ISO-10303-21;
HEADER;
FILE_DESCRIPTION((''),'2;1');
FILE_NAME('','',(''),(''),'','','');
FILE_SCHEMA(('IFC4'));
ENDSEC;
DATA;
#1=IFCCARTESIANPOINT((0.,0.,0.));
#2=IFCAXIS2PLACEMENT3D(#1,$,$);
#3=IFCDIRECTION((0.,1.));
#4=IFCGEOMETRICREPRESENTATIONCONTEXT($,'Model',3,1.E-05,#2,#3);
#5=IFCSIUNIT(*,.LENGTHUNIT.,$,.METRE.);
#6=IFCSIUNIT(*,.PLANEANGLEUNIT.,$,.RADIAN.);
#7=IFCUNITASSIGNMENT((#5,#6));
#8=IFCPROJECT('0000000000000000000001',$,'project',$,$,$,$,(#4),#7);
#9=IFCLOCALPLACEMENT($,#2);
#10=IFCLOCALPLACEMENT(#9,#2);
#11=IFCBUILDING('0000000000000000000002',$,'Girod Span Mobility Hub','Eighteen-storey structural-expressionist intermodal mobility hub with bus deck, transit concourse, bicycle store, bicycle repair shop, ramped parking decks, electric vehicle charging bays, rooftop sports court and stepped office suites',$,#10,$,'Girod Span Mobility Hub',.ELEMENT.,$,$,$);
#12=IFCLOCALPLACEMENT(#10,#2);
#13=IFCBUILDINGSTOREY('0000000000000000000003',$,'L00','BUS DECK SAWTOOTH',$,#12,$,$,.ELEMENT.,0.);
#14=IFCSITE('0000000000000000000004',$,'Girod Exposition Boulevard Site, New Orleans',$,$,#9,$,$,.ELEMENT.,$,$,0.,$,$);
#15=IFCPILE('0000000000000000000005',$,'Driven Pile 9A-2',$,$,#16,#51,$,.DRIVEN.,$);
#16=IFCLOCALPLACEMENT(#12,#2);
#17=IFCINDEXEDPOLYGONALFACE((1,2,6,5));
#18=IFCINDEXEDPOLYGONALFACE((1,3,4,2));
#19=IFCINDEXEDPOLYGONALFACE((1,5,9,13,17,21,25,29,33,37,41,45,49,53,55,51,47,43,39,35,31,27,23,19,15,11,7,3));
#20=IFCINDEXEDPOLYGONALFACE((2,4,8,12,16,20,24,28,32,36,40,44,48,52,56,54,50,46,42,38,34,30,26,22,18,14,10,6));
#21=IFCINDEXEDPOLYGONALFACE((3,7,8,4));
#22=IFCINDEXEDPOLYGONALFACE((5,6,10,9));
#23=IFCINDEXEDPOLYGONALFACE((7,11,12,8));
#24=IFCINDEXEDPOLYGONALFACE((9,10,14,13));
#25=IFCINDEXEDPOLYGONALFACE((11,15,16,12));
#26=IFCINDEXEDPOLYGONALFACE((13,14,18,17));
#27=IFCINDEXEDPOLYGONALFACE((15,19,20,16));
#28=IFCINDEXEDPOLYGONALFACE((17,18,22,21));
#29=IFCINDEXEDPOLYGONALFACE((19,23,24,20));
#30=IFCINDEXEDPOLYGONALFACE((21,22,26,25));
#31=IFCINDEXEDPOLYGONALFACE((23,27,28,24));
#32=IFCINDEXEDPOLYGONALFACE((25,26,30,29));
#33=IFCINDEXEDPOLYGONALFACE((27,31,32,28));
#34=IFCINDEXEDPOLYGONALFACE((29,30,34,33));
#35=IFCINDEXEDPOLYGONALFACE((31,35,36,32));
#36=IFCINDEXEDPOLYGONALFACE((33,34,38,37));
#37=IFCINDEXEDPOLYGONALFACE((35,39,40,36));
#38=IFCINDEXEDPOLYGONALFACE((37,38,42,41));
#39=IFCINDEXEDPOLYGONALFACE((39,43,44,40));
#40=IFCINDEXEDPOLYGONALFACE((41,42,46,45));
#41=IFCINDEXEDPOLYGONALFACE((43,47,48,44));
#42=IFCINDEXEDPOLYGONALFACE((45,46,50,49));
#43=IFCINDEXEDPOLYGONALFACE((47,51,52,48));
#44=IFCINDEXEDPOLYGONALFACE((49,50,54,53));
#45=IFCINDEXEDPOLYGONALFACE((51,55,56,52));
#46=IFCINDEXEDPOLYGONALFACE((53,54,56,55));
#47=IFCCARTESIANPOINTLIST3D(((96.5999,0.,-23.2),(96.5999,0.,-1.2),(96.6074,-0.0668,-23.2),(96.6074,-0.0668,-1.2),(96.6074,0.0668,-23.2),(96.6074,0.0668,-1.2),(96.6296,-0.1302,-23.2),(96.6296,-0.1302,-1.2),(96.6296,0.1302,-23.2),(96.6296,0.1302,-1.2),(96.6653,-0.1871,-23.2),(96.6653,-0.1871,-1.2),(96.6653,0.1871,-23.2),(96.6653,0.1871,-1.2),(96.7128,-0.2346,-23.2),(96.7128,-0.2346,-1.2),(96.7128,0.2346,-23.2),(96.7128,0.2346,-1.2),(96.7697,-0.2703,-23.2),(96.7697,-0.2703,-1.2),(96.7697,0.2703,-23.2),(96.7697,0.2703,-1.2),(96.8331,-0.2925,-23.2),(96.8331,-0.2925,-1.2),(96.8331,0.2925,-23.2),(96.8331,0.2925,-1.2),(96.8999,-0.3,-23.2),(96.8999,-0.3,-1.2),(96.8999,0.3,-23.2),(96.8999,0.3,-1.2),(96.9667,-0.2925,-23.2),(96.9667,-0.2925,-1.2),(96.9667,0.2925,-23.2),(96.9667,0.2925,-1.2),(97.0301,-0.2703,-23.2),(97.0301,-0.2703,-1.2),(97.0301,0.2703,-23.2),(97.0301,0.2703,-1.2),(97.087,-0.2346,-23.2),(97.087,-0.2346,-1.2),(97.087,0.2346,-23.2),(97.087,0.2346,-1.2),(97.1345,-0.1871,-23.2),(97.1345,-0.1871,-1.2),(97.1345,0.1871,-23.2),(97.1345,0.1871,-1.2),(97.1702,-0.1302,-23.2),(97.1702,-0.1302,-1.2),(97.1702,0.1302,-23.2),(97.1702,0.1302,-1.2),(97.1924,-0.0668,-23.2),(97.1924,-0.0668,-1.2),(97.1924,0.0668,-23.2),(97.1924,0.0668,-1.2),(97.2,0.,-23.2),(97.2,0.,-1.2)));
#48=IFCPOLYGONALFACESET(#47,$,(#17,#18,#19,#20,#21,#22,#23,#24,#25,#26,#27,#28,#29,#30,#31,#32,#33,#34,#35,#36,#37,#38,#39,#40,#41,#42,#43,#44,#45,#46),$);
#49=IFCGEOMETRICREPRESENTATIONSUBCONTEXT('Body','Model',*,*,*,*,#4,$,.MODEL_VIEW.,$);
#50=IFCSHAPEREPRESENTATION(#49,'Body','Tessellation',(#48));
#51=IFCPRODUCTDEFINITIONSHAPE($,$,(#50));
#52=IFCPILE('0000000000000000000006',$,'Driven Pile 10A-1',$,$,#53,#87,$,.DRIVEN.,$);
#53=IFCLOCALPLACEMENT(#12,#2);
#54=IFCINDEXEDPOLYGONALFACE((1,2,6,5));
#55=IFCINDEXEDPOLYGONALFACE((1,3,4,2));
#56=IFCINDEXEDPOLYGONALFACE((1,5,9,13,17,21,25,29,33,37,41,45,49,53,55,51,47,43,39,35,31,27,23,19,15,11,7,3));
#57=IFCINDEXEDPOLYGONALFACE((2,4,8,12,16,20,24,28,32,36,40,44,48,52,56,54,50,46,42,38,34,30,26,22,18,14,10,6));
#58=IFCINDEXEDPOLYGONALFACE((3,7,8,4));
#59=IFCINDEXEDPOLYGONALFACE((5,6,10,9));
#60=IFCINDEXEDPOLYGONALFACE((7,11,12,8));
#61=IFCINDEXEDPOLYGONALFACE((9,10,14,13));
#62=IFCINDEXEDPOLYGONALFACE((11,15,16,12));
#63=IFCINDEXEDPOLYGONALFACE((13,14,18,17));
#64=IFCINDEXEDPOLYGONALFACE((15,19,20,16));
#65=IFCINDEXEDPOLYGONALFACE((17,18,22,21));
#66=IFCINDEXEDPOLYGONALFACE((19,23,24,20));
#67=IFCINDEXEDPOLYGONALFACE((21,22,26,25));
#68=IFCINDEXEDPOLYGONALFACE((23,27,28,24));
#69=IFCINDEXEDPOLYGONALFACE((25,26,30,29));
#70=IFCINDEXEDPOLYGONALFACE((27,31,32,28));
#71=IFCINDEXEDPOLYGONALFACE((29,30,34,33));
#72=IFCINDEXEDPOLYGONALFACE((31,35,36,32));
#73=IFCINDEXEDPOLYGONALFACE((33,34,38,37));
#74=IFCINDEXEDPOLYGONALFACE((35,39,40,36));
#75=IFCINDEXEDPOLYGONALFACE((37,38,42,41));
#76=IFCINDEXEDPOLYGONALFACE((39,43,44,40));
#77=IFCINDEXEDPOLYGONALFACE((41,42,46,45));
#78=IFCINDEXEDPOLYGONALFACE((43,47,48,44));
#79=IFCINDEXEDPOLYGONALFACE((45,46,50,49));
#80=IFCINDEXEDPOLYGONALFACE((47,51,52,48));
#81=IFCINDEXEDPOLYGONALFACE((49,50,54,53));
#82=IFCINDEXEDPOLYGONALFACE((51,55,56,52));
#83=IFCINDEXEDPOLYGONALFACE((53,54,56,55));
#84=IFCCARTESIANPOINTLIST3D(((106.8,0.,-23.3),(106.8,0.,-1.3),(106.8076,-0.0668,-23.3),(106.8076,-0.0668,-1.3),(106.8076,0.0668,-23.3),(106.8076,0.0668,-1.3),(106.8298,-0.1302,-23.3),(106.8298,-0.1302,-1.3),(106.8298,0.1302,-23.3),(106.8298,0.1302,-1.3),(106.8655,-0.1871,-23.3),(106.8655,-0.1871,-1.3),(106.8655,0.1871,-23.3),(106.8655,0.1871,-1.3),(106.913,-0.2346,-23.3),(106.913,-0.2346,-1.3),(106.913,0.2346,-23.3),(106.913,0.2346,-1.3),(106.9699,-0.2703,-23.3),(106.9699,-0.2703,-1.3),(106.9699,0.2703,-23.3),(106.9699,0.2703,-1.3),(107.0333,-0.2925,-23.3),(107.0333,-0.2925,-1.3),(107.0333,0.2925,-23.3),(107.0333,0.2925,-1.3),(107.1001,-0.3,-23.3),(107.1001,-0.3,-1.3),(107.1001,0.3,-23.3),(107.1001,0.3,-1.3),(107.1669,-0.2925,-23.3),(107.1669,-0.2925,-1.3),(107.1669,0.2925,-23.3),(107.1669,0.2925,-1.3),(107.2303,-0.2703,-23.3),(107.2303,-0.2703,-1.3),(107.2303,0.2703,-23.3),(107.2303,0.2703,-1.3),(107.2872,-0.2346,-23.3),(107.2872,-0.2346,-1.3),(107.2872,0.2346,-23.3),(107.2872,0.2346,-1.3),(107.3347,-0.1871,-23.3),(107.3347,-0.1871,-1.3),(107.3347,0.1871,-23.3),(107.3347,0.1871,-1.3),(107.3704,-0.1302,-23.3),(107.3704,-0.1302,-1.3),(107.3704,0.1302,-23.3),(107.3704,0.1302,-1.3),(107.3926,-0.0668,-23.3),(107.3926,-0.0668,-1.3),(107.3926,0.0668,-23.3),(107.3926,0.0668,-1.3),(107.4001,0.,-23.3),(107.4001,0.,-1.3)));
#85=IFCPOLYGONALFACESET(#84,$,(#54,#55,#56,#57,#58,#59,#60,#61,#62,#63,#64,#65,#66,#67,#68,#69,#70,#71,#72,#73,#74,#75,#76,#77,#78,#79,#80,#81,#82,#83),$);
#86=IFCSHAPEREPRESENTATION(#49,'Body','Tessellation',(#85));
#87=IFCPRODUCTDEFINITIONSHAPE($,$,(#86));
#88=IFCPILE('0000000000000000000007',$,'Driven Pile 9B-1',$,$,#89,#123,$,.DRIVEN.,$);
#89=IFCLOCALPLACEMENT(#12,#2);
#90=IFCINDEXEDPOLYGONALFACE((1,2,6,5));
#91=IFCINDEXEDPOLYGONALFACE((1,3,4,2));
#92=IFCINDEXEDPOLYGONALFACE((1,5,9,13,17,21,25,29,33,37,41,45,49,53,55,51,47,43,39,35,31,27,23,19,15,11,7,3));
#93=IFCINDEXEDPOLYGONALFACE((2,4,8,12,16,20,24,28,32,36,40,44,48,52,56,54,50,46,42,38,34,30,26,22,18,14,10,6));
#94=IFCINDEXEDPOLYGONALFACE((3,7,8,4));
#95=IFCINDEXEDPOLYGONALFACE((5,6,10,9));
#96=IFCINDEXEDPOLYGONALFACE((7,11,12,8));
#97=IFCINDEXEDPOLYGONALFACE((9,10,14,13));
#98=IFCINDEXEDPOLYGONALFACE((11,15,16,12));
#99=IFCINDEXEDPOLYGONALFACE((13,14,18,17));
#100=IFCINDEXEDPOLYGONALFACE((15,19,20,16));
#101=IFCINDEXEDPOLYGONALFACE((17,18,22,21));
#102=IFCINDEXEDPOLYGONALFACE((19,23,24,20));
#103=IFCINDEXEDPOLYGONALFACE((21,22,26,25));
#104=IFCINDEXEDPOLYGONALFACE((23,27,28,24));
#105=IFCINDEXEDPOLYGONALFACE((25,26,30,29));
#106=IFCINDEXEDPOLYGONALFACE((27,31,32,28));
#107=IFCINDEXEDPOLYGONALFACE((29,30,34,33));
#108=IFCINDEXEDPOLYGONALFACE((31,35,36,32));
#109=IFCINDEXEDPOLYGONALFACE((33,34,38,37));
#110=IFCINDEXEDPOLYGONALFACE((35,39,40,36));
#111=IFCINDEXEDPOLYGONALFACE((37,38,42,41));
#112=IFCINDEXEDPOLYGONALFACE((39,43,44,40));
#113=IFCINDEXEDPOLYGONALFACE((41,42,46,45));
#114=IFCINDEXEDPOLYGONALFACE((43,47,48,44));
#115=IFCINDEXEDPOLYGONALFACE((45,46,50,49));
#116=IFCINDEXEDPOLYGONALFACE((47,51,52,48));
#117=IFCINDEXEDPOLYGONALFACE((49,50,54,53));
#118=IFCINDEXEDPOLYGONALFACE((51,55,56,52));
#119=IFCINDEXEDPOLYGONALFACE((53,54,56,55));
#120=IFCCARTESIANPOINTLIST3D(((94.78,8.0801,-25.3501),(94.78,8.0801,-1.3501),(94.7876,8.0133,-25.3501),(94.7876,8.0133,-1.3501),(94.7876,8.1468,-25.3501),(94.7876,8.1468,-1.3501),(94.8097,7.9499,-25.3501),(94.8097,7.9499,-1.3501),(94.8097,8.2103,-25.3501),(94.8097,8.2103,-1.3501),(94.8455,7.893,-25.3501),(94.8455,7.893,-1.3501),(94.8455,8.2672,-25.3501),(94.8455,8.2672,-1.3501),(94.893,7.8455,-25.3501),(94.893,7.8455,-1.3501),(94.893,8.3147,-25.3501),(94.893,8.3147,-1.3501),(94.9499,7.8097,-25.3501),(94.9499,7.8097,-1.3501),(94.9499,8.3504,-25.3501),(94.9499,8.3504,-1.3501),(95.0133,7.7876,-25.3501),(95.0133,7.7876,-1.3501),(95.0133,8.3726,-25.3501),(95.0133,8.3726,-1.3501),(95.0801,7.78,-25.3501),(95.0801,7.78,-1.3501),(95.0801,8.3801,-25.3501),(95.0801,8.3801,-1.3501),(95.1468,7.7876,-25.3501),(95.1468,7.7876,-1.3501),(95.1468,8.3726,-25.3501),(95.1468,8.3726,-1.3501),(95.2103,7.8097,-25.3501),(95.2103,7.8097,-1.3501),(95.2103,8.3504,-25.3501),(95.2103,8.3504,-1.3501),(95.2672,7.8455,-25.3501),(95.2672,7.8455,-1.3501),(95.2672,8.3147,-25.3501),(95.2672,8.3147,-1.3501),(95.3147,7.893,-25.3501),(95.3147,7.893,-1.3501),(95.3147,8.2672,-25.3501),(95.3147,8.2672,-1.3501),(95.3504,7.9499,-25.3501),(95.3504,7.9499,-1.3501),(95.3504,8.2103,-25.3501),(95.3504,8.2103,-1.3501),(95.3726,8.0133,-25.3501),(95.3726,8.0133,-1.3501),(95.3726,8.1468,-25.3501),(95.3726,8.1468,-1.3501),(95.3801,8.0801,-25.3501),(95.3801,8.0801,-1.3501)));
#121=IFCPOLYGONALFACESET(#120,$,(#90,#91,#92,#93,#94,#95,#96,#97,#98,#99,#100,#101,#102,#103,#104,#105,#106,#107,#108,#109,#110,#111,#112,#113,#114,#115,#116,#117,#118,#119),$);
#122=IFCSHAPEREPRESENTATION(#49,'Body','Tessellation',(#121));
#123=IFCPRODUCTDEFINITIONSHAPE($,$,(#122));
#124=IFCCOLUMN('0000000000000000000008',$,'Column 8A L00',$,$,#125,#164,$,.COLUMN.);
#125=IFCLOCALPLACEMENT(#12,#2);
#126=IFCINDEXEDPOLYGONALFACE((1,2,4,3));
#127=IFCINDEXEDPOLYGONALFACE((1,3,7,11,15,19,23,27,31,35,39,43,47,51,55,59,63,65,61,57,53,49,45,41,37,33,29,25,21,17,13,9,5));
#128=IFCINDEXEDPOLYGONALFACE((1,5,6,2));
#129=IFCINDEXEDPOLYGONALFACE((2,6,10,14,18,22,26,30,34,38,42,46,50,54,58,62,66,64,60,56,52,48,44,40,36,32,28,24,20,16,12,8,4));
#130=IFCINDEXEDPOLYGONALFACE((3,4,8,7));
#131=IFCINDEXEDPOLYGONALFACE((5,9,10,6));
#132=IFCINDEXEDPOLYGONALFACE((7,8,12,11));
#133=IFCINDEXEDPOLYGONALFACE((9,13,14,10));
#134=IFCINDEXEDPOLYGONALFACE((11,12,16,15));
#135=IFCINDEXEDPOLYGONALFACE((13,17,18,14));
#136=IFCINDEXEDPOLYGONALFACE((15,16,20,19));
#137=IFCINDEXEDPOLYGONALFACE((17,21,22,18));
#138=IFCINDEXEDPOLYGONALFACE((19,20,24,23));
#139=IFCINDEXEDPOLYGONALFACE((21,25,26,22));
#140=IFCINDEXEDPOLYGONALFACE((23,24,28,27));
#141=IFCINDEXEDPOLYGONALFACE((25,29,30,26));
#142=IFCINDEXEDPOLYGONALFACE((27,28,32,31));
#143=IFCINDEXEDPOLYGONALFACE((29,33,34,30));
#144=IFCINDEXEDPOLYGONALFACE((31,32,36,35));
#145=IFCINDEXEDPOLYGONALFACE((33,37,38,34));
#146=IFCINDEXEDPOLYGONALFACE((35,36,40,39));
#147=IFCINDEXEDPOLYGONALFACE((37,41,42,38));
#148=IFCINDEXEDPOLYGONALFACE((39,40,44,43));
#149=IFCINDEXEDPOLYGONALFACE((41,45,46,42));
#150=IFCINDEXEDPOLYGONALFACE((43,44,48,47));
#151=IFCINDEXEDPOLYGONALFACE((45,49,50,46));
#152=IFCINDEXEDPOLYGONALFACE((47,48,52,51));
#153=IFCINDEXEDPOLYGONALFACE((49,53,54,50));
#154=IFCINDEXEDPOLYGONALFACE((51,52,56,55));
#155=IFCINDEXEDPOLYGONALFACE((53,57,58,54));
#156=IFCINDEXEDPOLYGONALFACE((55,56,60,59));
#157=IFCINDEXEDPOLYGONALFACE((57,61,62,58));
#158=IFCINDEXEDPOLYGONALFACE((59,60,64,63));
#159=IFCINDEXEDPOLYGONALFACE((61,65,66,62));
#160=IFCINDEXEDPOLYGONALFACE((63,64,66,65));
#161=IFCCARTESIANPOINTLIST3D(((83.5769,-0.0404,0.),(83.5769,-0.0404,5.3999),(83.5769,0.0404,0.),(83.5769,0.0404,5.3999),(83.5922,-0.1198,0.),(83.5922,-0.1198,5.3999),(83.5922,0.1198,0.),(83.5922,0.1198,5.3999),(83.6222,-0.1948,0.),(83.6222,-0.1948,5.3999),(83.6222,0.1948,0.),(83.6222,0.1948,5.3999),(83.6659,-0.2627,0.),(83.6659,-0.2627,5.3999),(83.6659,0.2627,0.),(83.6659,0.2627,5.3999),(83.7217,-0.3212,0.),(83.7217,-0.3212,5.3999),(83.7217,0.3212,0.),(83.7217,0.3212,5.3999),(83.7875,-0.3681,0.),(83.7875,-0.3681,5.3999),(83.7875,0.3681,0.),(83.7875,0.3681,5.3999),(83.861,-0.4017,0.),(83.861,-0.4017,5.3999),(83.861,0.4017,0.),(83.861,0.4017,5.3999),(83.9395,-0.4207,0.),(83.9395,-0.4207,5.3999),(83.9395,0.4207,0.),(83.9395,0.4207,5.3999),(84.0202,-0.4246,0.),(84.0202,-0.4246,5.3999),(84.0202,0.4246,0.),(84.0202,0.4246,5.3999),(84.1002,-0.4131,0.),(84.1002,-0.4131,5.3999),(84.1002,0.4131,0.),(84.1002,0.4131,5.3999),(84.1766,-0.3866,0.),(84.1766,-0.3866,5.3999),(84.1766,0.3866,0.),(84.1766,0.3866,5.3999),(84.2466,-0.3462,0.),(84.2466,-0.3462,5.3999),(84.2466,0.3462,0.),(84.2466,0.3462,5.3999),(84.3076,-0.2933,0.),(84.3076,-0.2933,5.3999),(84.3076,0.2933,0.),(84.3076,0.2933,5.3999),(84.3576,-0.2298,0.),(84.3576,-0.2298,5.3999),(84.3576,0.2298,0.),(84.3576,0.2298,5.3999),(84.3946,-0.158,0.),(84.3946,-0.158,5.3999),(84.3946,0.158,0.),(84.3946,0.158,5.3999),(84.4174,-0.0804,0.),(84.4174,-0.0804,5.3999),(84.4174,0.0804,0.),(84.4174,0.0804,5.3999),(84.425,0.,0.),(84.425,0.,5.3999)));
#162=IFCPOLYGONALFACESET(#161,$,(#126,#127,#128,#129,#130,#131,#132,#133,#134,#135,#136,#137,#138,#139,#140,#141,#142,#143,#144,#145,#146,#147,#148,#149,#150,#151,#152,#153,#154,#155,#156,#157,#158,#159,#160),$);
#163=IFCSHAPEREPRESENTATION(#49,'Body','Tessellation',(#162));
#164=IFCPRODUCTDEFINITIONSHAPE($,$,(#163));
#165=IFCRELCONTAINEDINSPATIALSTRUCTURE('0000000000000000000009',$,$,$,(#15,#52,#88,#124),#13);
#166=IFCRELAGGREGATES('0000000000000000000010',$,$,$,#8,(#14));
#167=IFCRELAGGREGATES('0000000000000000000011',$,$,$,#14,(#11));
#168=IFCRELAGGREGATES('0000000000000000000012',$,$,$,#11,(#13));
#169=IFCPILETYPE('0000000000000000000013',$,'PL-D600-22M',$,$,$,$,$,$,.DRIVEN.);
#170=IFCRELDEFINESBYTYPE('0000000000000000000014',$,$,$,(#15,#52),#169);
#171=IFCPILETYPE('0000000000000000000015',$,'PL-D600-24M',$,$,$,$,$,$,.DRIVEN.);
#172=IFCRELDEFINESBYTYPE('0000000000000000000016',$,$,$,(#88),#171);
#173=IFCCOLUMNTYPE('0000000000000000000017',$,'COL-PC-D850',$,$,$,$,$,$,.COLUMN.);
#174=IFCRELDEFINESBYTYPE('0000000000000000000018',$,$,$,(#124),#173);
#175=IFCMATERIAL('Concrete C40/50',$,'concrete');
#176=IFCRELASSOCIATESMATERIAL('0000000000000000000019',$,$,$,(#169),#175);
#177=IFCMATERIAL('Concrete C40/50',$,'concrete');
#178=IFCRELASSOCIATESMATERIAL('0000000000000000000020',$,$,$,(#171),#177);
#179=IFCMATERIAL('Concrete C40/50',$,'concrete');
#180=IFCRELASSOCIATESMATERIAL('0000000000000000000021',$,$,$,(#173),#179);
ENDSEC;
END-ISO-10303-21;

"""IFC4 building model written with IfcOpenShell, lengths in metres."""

from ifc_helpers import new_model, si_unit, direction, frame, origin, origin_2d, place, context, subcontext, project, spatial, circle, extrude, material, material_profile, profile_set, type_object, element, save


model = new_model("IFC4")

# Units and contexts
model_context = context("Model", 3, precision=1e-05, world=origin(), true_north=direction((0.0, 1.0)))
body_context = subcontext(model_context, "Body", "Model", "MODEL_VIEW")
ifc_project = project(units=[si_unit("LENGTHUNIT", "METRE"), si_unit("PLANEANGLEUNIT", "RADIAN")], contexts=[model_context])

# Site, building, storey
site_placement = place(None, origin())
site = spatial("IfcSite", under=ifc_project, at=site_placement, Name="Girod Exposition Boulevard Site, New Orleans", CompositionType="ELEMENT", RefElevation=0.0)
building_placement = place(site_placement, origin())
building = spatial("IfcBuilding", under=site, at=building_placement, Name="Girod Span Mobility Hub", Description="Eighteen-storey structural-expressionist intermodal mobility hub with bus deck, transit concourse, bicycle store, bicycle repair shop, ramped parking decks, electric vehicle charging bays, rooftop sports court and stepped office suites", LongName="Girod Span Mobility Hub", CompositionType="ELEMENT")
storey_placement = place(building_placement, origin())
storey = spatial("IfcBuildingStorey", under=building, at=storey_placement, Name="L00", Description="BUS DECK SAWTOOTH", CompositionType="ELEMENT", Elevation=0.0)

# Piles
ifc_material_1 = material(Name="Concrete C40/50", Category="concrete")
ifc_material_profile_1 = material_profile(ifc_material_1, circle(Radius=0.3, at=origin_2d()), Name="PILE-D600")
ifc_profile_set_1 = profile_set([ifc_material_profile_1], Name="Concrete C40/50")
pile_type_1 = type_object("IfcPileType", Name="PL-D600-22M", PredefinedType="DRIVEN", material=ifc_profile_set_1)
for number, where, z_axis, x_axis, name in (
    (1, (96.8999, 0.0, -1.2), (0.0, 0.0, -1.0), (1.0, 0.0, 0.0), "Driven Pile 9A-2"),
    (2, (107.1001, 0.0, -1.3), (0.0, 0.0, -1.0), (1.0, 0.0, 0.0), "Driven Pile 10A-1"),
):
    element("IfcPile", number, at=place(storey_placement, frame(where, z_axis=z_axis, x_axis=x_axis)), inside=storey, type_object=pile_type_1, Name=name, PredefinedType="DRIVEN", context=body_context, shape_type="SweptSolid", body=[
        extrude(circle(Radius=0.3, at=origin_2d()), origin(), (0.0, 0.0, 1.0), 22.0),
    ])
ifc_material_2 = material(Name="Concrete C40/50", Category="concrete")
ifc_material_profile_2 = material_profile(ifc_material_2, circle(Radius=0.3, at=origin_2d()), Name="PILE-D600")
ifc_profile_set_2 = profile_set([ifc_material_profile_2], Name="Concrete C40/50")
pile_type_2 = type_object("IfcPileType", Name="PL-D600-24M", PredefinedType="DRIVEN", material=ifc_profile_set_2)
pile_placement = place(storey_placement, frame((95.0801, 8.0801, -1.3501), z_axis=(0.0, 0.0, -1.0), x_axis=(1.0, 0.0, 0.0)))
element("IfcPile", 3, at=pile_placement, inside=storey, type_object=pile_type_2, Name="Driven Pile 9B-1", PredefinedType="DRIVEN", context=body_context, shape_type="SweptSolid", body=[
    extrude(circle(Radius=0.3, at=origin_2d()), origin(), (0.0, 0.0, 1.0), 24.0),
])

# Column
ifc_material_3 = material(Name="Concrete C40/50", Category="concrete")
ifc_material_profile_3 = material_profile(ifc_material_3, circle(Radius=0.425, at=origin_2d()), Name="PC-CIR-D850")
ifc_profile_set_3 = profile_set([ifc_material_profile_3], Name="Concrete C40/50")
column_type_1 = type_object("IfcColumnType", Name="COL-PC-D850", PredefinedType="COLUMN", material=ifc_profile_set_3)
for number, where, z_axis, x_axis, name in (
    (4, (84.0, 0.0, 0.0), (0.0, 0.0, 1.0), (1.0, 0.0, 0.0), "Column 8A L00"),
):
    element("IfcColumn", number, at=place(storey_placement, frame(where, z_axis=z_axis, x_axis=x_axis)), inside=storey, type_object=column_type_1, Name=name, PredefinedType="COLUMN", context=body_context, shape_type="SweptSolid", body=[
        extrude(circle(Radius=0.425, at=origin_2d()), origin(), (0.0, 0.0, 1.0), 5.3999),
    ])

save(model, "model.ifc")
